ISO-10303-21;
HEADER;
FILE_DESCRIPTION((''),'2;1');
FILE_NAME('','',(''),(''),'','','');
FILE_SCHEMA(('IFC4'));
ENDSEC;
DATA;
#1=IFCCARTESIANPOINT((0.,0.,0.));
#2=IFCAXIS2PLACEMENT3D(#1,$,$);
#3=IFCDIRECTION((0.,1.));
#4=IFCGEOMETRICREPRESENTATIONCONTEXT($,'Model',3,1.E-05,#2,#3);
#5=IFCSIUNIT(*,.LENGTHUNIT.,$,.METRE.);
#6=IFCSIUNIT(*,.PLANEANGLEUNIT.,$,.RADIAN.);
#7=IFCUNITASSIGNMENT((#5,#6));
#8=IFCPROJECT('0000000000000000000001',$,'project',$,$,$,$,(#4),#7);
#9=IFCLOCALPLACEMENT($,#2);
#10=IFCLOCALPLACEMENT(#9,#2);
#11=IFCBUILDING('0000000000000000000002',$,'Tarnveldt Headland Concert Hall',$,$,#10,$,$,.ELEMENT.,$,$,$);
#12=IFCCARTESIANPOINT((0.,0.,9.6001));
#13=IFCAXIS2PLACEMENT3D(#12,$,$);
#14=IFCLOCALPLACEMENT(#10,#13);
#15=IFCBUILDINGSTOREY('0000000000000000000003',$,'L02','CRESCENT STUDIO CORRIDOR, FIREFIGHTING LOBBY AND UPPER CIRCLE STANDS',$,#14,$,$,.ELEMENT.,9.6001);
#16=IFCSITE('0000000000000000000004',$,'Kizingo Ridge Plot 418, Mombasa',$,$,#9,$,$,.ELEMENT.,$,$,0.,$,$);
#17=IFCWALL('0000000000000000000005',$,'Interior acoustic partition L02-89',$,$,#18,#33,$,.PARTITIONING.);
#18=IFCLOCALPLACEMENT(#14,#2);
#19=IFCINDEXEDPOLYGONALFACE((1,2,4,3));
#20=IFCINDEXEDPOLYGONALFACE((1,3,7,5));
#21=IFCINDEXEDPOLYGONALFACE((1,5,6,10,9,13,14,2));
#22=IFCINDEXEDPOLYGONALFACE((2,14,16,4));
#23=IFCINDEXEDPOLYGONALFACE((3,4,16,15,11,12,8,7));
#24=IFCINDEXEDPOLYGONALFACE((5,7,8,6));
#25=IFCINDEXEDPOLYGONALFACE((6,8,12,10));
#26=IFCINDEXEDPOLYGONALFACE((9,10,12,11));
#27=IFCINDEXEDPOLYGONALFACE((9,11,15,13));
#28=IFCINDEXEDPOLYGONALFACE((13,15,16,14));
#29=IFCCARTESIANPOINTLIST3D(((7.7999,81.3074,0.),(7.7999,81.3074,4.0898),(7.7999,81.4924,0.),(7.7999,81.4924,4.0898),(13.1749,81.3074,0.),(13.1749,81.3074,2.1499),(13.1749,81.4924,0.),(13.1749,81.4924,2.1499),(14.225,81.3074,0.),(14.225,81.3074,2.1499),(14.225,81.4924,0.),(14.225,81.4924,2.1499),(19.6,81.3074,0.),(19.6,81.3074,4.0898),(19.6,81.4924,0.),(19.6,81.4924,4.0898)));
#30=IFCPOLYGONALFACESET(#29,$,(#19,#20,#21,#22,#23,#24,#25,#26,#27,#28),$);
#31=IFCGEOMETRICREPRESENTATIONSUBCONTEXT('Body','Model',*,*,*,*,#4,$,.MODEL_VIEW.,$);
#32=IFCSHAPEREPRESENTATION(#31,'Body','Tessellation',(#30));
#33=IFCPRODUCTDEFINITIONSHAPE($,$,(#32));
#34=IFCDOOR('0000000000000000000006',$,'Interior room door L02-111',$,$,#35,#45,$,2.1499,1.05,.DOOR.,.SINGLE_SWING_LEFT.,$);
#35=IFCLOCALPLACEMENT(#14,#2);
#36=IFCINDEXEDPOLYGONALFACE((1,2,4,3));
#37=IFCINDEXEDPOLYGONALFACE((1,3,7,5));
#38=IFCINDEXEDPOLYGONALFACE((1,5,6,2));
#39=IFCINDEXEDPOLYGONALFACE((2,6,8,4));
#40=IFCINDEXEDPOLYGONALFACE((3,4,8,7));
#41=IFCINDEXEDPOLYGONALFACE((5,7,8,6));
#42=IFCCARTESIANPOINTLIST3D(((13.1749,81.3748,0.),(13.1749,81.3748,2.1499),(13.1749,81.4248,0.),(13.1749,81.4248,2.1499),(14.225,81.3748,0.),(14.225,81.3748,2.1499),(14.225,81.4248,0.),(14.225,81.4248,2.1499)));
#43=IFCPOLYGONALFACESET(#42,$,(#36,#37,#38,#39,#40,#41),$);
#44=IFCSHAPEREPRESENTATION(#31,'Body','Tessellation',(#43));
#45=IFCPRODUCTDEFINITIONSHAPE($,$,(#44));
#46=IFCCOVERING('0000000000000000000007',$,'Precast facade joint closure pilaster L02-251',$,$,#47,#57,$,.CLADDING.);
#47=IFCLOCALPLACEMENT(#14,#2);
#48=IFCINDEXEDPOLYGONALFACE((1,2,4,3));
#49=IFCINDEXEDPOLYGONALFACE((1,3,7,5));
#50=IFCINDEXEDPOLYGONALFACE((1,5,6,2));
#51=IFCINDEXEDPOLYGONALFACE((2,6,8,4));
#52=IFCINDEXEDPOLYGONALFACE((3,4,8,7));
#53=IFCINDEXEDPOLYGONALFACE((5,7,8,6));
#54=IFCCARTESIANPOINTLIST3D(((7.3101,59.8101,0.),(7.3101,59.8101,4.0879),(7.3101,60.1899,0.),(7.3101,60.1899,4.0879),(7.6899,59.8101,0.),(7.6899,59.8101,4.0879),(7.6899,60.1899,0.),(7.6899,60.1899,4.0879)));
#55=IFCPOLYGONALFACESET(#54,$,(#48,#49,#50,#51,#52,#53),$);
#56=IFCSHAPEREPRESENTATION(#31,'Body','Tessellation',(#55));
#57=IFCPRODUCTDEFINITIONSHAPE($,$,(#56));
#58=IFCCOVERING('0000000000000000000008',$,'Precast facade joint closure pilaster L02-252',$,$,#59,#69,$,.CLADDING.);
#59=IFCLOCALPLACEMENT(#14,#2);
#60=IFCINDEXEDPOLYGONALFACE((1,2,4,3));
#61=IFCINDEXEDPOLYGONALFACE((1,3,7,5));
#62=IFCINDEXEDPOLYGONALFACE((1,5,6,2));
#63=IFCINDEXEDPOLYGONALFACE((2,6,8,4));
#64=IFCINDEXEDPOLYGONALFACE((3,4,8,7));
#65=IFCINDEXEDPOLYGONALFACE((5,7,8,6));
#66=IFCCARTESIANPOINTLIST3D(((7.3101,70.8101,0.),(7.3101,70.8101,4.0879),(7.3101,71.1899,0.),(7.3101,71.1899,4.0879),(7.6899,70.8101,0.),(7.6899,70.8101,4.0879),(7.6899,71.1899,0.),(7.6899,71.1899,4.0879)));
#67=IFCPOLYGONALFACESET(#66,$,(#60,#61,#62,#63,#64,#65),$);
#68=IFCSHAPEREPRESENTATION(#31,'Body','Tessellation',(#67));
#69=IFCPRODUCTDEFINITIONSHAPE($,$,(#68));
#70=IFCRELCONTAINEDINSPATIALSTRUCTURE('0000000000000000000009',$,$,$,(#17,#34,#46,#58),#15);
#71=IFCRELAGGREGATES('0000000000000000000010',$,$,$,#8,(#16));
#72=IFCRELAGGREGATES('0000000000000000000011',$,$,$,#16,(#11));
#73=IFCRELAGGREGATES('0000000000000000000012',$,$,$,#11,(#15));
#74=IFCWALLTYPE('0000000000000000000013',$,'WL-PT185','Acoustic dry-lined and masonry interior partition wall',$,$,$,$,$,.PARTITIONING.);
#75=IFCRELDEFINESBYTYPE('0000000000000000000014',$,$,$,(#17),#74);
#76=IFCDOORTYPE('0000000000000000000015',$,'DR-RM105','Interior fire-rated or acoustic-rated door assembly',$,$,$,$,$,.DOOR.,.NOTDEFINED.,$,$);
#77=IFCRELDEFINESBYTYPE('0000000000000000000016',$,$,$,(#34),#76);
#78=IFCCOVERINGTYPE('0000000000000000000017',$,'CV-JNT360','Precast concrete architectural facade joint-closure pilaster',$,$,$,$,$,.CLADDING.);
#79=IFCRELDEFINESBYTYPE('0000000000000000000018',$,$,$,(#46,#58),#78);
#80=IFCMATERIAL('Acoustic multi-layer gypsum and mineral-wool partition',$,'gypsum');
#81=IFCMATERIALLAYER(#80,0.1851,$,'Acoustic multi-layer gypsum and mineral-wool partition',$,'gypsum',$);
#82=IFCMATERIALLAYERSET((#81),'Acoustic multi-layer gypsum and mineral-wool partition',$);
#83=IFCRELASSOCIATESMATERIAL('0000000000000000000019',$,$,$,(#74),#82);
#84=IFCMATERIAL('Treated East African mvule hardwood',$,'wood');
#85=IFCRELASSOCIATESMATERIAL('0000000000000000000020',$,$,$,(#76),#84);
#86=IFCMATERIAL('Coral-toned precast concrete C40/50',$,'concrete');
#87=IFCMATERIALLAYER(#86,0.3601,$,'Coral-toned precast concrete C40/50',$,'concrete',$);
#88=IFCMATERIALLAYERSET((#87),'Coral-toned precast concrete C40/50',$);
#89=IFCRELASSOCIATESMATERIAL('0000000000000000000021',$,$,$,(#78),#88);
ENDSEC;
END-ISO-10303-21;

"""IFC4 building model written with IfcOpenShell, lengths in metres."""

from ifc_helpers import new_model, si_unit, direction, frame, frame_2d, origin, origin_2d, place, context, subcontext, project, spatial, rectangle, extrude, material, layer, layer_set, type_object, element, fill, save


model = new_model("IFC4")

# Units and contexts
model_context = context("Model", 3, precision=1e-05, world=origin(), true_north=direction((0.0, 1.0)))
body_context = subcontext(model_context, "Body", "Model", "MODEL_VIEW")
ifc_project = project(units=[si_unit("LENGTHUNIT", "METRE"), si_unit("PLANEANGLEUNIT", "RADIAN")], contexts=[model_context])

# Site, building, storey
site_placement = place(None, origin())
site = spatial("IfcSite", under=ifc_project, at=site_placement, Name="Kizingo Ridge Plot 418, Mombasa", CompositionType="ELEMENT", RefElevation=0.0)
building_placement = place(site_placement, origin())
building = spatial("IfcBuilding", under=site, at=building_placement, Name="Tarnveldt Headland Concert Hall", CompositionType="ELEMENT")
storey_placement = place(building_placement, frame((0.0, 0.0, 9.6001)))
storey = spatial("IfcBuildingStorey", under=building, at=storey_placement, Name="L02", Description="CRESCENT STUDIO CORRIDOR, FIREFIGHTING LOBBY AND UPPER CIRCLE STANDS", CompositionType="ELEMENT", Elevation=9.6001)

# Shared definitions
ifc_material_1 = material(Name="Coral-toned precast concrete C40/50", Category="concrete")

# Wall, opening, door
ifc_material_2 = material(Name="Acoustic multi-layer gypsum and mineral-wool partition", Category="gypsum")
ifc_layer_1 = layer(ifc_material_2, 0.1851, Name="Acoustic multi-layer gypsum and mineral-wool partition", Category="gypsum")
ifc_layer_set_1 = layer_set([ifc_layer_1], Name="Acoustic multi-layer gypsum and mineral-wool partition")
wall_type_1 = type_object("IfcWallType", Name="WL-PT185", Description="Acoustic dry-lined and masonry interior partition wall", PredefinedType="PARTITIONING", material=ifc_layer_set_1)
wall_1_placement = place(storey_placement, frame((7.8, 81.3999, 0.0), z_axis=(0.0, 0.0, 1.0), x_axis=(1.0, 0.0, 0.0)))
wall_1 = element("IfcWall", 1, at=wall_1_placement, inside=storey, type_object=wall_type_1, Name="Interior acoustic partition L02-89", PredefinedType="PARTITIONING", context=body_context, shape_type="SweptSolid", body=[
    extrude(rectangle(XDim=11.8, YDim=0.1851, at=frame_2d((5.8999, 0.0))), origin(), (0.0, 0.0, 1.0), 4.0898),
])
opening_1_placement = place(wall_1_placement, frame((5.375, 0.0, 0.0)))
opening_1 = element("IfcOpeningElement", 2, at=opening_1_placement, cuts=wall_1, PredefinedType="OPENING", context=body_context, shape_type="SweptSolid", body=[
    extrude(rectangle(XDim=1.05, YDim=2.1499, at=frame_2d((0.5249, 1.075))), frame((0.0, 0.1025, 0.0), z_axis=(0.0, -1.0, 0.0), x_axis=(1.0, 0.0, 0.0)), (0.0, 0.0, 1.0), 0.2051),
])
ifc_material_3 = material(Name="Treated East African mvule hardwood", Category="wood")
door_type = type_object("IfcDoorType", Name="DR-RM105", Description="Interior fire-rated or acoustic-rated door assembly", OperationType="NOTDEFINED", PredefinedType="DOOR", material=ifc_material_3)
door_placement = place(opening_1_placement, origin())
door = element("IfcDoor", 3, at=door_placement, inside=storey, type_object=door_type, Name="Interior room door L02-111", OperationType="SINGLE_SWING_LEFT", OverallHeight=2.1499, OverallWidth=1.05, PredefinedType="DOOR", context=body_context, shape_type="SweptSolid", body=[
    extrude(rectangle(XDim=1.05, YDim=2.1499, at=frame_2d((0.5249, 1.075))), frame((0.0, 0.0249, 0.0), z_axis=(0.0, -1.0, 0.0), x_axis=(1.0, 0.0, 0.0)), (0.0, 0.0, 1.0), 0.05),
])
fill(opening_1, door)

# Coverings
ifc_layer_2 = layer(ifc_material_1, 0.3601, Name="Coral-toned precast concrete C40/50", Category="concrete")
ifc_layer_set_2 = layer_set([ifc_layer_2], Name="Coral-toned precast concrete C40/50")
covering_type = type_object("IfcCoveringType", Name="CV-JNT360", Description="Precast concrete architectural facade joint-closure pilaster", PredefinedType="CLADDING", material=ifc_layer_set_2)
for number, where, z_axis, x_axis, name in (
    (4, (7.5, 60.0, 0.0), (0.0, 0.0, 1.0), (-1.0, 0.0, 0.0), "Precast facade joint closure pilaster L02-251"),
    (5, (7.5, 71.0, 0.0), (0.0, 0.0, 1.0), (0.0, 1.0, 0.0), "Precast facade joint closure pilaster L02-252"),
):
    element("IfcCovering", number, at=place(storey_placement, frame(where, z_axis=z_axis, x_axis=x_axis)), inside=storey, type_object=covering_type, Name=name, PredefinedType="CLADDING", context=body_context, shape_type="SweptSolid", body=[
        extrude(rectangle(XDim=0.3799, YDim=0.3799, at=origin_2d()), origin(), (0.0, 0.0, 1.0), 4.0879),
    ])

save(model, "model.ifc")
